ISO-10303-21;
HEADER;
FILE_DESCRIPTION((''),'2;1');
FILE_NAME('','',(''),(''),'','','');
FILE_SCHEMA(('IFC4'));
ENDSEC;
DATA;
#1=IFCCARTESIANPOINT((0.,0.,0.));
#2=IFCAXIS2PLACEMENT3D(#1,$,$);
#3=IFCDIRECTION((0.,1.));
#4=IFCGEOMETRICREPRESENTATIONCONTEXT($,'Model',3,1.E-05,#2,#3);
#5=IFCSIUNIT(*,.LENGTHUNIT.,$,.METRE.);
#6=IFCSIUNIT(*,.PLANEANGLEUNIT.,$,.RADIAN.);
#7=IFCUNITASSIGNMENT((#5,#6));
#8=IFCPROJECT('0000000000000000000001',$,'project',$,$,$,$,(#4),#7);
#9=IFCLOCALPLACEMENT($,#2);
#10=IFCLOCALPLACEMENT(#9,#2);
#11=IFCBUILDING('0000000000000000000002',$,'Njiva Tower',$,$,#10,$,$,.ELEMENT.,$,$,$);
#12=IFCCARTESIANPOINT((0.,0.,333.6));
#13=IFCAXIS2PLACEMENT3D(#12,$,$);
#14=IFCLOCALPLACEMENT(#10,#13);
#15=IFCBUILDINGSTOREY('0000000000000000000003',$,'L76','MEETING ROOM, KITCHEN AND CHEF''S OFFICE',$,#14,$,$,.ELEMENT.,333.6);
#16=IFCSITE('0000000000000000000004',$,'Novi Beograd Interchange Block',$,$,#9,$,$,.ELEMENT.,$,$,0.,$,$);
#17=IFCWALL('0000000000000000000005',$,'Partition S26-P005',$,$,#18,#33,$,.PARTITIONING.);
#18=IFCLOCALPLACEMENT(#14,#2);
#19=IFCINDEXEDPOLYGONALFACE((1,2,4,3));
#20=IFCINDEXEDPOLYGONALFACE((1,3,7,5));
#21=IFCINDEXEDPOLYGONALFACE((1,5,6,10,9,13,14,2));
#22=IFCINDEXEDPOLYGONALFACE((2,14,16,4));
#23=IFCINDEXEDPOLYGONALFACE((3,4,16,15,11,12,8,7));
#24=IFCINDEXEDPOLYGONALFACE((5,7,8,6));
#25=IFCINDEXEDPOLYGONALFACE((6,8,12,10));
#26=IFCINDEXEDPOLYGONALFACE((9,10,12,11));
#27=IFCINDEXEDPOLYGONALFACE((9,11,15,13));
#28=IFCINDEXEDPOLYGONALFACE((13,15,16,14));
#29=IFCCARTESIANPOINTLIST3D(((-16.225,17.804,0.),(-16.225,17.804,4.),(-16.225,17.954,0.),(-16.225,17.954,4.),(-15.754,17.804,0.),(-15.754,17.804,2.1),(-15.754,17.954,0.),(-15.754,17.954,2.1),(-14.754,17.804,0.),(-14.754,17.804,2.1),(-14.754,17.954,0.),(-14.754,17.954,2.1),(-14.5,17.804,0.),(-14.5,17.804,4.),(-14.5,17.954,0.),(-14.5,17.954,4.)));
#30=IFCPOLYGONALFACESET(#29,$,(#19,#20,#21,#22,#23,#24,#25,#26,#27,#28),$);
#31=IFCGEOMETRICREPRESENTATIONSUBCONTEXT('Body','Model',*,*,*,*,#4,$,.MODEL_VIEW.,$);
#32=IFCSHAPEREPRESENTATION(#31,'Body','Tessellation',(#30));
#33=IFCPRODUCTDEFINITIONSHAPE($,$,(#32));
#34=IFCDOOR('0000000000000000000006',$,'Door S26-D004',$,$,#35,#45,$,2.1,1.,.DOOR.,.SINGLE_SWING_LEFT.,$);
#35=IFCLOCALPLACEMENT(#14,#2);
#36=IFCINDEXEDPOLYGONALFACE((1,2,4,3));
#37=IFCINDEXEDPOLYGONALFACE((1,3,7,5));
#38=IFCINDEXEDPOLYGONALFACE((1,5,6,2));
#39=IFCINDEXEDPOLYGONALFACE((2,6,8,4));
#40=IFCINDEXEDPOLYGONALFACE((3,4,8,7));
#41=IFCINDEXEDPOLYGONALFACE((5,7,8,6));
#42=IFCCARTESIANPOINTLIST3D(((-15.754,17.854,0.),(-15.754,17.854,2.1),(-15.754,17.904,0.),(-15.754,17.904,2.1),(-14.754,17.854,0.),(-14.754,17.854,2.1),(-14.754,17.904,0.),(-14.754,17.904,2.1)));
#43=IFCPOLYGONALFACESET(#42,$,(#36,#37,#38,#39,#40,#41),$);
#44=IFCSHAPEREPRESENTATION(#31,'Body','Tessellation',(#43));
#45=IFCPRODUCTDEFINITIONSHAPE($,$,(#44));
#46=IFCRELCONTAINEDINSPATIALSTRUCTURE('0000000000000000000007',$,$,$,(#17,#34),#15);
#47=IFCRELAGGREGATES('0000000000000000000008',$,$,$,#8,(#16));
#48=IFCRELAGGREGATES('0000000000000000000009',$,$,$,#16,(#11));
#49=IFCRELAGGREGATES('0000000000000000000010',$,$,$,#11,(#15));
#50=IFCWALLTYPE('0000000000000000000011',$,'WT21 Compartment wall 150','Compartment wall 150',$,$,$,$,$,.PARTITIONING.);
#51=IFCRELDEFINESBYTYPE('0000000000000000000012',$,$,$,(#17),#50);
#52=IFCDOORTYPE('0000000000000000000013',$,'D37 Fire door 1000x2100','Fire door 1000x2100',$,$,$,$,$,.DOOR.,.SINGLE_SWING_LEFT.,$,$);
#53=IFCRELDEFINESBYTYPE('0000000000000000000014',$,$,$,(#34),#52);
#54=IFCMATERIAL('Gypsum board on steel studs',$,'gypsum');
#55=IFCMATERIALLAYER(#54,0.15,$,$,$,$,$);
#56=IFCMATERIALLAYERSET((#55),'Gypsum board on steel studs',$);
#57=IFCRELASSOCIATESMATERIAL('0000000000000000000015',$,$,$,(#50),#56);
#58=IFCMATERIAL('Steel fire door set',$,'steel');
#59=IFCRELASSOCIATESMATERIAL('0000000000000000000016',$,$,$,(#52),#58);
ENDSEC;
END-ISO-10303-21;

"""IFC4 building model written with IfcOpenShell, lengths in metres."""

from ifc_helpers import new_model, si_unit, direction, frame, frame_2d, origin, place, context, subcontext, project, spatial, rectangle, extrude, material, layer, layer_set, type_object, element, fill, save


model = new_model("IFC4")

# Units and contexts
model_context = context("Model", 3, precision=1e-05, world=origin(), true_north=direction((0.0, 1.0)))
body_context = subcontext(model_context, "Body", "Model", "MODEL_VIEW")
ifc_project = project(units=[si_unit("LENGTHUNIT", "METRE"), si_unit("PLANEANGLEUNIT", "RADIAN")], contexts=[model_context])

# Site, building, storey
site_placement = place(None, origin())
site = spatial("IfcSite", under=ifc_project, at=site_placement, Name="Novi Beograd Interchange Block", CompositionType="ELEMENT", RefElevation=0.0)
building_placement = place(site_placement, origin())
building = spatial("IfcBuilding", under=site, at=building_placement, Name="Njiva Tower", CompositionType="ELEMENT")
storey_placement = place(building_placement, frame((0.0, 0.0, 333.6)))
storey = spatial("IfcBuildingStorey", under=building, at=storey_placement, Name="L76", Description="MEETING ROOM, KITCHEN AND CHEF'S OFFICE", CompositionType="ELEMENT", Elevation=333.6)

# Shared definitions
ifc_material_1 = material(Name="Gypsum board on steel studs", Category="gypsum")
ifc_layer_1 = layer(ifc_material_1, 0.15)
ifc_layer_set_1 = layer_set([ifc_layer_1], Name="Gypsum board on steel studs")
wall_type_1 = type_object("IfcWallType", Name="WT21 Compartment wall 150", Description="Compartment wall 150", PredefinedType="PARTITIONING", material=ifc_layer_set_1)

# Wall, opening, door
wall_1_placement = place(storey_placement, frame((-16.225, 17.879, 0.0), z_axis=(0.0, 0.0, 1.0), x_axis=(1.0, 0.0, 0.0)))
wall_1 = element("IfcWall", 1, at=wall_1_placement, inside=storey, type_object=wall_type_1, Name="Partition S26-P005", PredefinedType="PARTITIONING", context=body_context, shape_type="SweptSolid", body=[
    extrude(rectangle(XDim=1.725, YDim=0.15, at=frame_2d((0.8625, 0.0))), origin(), (0.0, 0.0, 1.0), 4.0),
])
opening_1_placement = place(wall_1_placement, frame((0.471, 0.0, 0.0)))
opening_1 = element("IfcOpeningElement", 2, at=opening_1_placement, cuts=wall_1, PredefinedType="OPENING", context=body_context, shape_type="SweptSolid", body=[
    extrude(rectangle(XDim=1.0, YDim=2.1, at=frame_2d((0.5, 1.05))), frame((0.0, 0.085, 0.0), z_axis=(0.0, -1.0, 0.0), x_axis=(1.0, 0.0, 0.0)), (0.0, 0.0, 1.0), 0.17),
])
ifc_material_2 = material(Name="Steel fire door set", Category="steel")
door_type = type_object("IfcDoorType", Name="D37 Fire door 1000x2100", Description="Fire door 1000x2100", OperationType="SINGLE_SWING_LEFT", PredefinedType="DOOR", material=ifc_material_2)
door_placement = place(opening_1_placement, origin())
door = element("IfcDoor", 3, at=door_placement, inside=storey, type_object=door_type, Name="Door S26-D004", OperationType="SINGLE_SWING_LEFT", OverallHeight=2.1, OverallWidth=1.0, PredefinedType="DOOR", context=body_context, shape_type="SweptSolid", body=[
    extrude(rectangle(XDim=1.0, YDim=2.1, at=frame_2d((0.5, 1.05))), frame((0.0, 0.025, 0.0), z_axis=(0.0, -1.0, 0.0), x_axis=(1.0, 0.0, 0.0)), (0.0, 0.0, 1.0), 0.05),
])
fill(opening_1, door)

save(model, "model.ifc")
